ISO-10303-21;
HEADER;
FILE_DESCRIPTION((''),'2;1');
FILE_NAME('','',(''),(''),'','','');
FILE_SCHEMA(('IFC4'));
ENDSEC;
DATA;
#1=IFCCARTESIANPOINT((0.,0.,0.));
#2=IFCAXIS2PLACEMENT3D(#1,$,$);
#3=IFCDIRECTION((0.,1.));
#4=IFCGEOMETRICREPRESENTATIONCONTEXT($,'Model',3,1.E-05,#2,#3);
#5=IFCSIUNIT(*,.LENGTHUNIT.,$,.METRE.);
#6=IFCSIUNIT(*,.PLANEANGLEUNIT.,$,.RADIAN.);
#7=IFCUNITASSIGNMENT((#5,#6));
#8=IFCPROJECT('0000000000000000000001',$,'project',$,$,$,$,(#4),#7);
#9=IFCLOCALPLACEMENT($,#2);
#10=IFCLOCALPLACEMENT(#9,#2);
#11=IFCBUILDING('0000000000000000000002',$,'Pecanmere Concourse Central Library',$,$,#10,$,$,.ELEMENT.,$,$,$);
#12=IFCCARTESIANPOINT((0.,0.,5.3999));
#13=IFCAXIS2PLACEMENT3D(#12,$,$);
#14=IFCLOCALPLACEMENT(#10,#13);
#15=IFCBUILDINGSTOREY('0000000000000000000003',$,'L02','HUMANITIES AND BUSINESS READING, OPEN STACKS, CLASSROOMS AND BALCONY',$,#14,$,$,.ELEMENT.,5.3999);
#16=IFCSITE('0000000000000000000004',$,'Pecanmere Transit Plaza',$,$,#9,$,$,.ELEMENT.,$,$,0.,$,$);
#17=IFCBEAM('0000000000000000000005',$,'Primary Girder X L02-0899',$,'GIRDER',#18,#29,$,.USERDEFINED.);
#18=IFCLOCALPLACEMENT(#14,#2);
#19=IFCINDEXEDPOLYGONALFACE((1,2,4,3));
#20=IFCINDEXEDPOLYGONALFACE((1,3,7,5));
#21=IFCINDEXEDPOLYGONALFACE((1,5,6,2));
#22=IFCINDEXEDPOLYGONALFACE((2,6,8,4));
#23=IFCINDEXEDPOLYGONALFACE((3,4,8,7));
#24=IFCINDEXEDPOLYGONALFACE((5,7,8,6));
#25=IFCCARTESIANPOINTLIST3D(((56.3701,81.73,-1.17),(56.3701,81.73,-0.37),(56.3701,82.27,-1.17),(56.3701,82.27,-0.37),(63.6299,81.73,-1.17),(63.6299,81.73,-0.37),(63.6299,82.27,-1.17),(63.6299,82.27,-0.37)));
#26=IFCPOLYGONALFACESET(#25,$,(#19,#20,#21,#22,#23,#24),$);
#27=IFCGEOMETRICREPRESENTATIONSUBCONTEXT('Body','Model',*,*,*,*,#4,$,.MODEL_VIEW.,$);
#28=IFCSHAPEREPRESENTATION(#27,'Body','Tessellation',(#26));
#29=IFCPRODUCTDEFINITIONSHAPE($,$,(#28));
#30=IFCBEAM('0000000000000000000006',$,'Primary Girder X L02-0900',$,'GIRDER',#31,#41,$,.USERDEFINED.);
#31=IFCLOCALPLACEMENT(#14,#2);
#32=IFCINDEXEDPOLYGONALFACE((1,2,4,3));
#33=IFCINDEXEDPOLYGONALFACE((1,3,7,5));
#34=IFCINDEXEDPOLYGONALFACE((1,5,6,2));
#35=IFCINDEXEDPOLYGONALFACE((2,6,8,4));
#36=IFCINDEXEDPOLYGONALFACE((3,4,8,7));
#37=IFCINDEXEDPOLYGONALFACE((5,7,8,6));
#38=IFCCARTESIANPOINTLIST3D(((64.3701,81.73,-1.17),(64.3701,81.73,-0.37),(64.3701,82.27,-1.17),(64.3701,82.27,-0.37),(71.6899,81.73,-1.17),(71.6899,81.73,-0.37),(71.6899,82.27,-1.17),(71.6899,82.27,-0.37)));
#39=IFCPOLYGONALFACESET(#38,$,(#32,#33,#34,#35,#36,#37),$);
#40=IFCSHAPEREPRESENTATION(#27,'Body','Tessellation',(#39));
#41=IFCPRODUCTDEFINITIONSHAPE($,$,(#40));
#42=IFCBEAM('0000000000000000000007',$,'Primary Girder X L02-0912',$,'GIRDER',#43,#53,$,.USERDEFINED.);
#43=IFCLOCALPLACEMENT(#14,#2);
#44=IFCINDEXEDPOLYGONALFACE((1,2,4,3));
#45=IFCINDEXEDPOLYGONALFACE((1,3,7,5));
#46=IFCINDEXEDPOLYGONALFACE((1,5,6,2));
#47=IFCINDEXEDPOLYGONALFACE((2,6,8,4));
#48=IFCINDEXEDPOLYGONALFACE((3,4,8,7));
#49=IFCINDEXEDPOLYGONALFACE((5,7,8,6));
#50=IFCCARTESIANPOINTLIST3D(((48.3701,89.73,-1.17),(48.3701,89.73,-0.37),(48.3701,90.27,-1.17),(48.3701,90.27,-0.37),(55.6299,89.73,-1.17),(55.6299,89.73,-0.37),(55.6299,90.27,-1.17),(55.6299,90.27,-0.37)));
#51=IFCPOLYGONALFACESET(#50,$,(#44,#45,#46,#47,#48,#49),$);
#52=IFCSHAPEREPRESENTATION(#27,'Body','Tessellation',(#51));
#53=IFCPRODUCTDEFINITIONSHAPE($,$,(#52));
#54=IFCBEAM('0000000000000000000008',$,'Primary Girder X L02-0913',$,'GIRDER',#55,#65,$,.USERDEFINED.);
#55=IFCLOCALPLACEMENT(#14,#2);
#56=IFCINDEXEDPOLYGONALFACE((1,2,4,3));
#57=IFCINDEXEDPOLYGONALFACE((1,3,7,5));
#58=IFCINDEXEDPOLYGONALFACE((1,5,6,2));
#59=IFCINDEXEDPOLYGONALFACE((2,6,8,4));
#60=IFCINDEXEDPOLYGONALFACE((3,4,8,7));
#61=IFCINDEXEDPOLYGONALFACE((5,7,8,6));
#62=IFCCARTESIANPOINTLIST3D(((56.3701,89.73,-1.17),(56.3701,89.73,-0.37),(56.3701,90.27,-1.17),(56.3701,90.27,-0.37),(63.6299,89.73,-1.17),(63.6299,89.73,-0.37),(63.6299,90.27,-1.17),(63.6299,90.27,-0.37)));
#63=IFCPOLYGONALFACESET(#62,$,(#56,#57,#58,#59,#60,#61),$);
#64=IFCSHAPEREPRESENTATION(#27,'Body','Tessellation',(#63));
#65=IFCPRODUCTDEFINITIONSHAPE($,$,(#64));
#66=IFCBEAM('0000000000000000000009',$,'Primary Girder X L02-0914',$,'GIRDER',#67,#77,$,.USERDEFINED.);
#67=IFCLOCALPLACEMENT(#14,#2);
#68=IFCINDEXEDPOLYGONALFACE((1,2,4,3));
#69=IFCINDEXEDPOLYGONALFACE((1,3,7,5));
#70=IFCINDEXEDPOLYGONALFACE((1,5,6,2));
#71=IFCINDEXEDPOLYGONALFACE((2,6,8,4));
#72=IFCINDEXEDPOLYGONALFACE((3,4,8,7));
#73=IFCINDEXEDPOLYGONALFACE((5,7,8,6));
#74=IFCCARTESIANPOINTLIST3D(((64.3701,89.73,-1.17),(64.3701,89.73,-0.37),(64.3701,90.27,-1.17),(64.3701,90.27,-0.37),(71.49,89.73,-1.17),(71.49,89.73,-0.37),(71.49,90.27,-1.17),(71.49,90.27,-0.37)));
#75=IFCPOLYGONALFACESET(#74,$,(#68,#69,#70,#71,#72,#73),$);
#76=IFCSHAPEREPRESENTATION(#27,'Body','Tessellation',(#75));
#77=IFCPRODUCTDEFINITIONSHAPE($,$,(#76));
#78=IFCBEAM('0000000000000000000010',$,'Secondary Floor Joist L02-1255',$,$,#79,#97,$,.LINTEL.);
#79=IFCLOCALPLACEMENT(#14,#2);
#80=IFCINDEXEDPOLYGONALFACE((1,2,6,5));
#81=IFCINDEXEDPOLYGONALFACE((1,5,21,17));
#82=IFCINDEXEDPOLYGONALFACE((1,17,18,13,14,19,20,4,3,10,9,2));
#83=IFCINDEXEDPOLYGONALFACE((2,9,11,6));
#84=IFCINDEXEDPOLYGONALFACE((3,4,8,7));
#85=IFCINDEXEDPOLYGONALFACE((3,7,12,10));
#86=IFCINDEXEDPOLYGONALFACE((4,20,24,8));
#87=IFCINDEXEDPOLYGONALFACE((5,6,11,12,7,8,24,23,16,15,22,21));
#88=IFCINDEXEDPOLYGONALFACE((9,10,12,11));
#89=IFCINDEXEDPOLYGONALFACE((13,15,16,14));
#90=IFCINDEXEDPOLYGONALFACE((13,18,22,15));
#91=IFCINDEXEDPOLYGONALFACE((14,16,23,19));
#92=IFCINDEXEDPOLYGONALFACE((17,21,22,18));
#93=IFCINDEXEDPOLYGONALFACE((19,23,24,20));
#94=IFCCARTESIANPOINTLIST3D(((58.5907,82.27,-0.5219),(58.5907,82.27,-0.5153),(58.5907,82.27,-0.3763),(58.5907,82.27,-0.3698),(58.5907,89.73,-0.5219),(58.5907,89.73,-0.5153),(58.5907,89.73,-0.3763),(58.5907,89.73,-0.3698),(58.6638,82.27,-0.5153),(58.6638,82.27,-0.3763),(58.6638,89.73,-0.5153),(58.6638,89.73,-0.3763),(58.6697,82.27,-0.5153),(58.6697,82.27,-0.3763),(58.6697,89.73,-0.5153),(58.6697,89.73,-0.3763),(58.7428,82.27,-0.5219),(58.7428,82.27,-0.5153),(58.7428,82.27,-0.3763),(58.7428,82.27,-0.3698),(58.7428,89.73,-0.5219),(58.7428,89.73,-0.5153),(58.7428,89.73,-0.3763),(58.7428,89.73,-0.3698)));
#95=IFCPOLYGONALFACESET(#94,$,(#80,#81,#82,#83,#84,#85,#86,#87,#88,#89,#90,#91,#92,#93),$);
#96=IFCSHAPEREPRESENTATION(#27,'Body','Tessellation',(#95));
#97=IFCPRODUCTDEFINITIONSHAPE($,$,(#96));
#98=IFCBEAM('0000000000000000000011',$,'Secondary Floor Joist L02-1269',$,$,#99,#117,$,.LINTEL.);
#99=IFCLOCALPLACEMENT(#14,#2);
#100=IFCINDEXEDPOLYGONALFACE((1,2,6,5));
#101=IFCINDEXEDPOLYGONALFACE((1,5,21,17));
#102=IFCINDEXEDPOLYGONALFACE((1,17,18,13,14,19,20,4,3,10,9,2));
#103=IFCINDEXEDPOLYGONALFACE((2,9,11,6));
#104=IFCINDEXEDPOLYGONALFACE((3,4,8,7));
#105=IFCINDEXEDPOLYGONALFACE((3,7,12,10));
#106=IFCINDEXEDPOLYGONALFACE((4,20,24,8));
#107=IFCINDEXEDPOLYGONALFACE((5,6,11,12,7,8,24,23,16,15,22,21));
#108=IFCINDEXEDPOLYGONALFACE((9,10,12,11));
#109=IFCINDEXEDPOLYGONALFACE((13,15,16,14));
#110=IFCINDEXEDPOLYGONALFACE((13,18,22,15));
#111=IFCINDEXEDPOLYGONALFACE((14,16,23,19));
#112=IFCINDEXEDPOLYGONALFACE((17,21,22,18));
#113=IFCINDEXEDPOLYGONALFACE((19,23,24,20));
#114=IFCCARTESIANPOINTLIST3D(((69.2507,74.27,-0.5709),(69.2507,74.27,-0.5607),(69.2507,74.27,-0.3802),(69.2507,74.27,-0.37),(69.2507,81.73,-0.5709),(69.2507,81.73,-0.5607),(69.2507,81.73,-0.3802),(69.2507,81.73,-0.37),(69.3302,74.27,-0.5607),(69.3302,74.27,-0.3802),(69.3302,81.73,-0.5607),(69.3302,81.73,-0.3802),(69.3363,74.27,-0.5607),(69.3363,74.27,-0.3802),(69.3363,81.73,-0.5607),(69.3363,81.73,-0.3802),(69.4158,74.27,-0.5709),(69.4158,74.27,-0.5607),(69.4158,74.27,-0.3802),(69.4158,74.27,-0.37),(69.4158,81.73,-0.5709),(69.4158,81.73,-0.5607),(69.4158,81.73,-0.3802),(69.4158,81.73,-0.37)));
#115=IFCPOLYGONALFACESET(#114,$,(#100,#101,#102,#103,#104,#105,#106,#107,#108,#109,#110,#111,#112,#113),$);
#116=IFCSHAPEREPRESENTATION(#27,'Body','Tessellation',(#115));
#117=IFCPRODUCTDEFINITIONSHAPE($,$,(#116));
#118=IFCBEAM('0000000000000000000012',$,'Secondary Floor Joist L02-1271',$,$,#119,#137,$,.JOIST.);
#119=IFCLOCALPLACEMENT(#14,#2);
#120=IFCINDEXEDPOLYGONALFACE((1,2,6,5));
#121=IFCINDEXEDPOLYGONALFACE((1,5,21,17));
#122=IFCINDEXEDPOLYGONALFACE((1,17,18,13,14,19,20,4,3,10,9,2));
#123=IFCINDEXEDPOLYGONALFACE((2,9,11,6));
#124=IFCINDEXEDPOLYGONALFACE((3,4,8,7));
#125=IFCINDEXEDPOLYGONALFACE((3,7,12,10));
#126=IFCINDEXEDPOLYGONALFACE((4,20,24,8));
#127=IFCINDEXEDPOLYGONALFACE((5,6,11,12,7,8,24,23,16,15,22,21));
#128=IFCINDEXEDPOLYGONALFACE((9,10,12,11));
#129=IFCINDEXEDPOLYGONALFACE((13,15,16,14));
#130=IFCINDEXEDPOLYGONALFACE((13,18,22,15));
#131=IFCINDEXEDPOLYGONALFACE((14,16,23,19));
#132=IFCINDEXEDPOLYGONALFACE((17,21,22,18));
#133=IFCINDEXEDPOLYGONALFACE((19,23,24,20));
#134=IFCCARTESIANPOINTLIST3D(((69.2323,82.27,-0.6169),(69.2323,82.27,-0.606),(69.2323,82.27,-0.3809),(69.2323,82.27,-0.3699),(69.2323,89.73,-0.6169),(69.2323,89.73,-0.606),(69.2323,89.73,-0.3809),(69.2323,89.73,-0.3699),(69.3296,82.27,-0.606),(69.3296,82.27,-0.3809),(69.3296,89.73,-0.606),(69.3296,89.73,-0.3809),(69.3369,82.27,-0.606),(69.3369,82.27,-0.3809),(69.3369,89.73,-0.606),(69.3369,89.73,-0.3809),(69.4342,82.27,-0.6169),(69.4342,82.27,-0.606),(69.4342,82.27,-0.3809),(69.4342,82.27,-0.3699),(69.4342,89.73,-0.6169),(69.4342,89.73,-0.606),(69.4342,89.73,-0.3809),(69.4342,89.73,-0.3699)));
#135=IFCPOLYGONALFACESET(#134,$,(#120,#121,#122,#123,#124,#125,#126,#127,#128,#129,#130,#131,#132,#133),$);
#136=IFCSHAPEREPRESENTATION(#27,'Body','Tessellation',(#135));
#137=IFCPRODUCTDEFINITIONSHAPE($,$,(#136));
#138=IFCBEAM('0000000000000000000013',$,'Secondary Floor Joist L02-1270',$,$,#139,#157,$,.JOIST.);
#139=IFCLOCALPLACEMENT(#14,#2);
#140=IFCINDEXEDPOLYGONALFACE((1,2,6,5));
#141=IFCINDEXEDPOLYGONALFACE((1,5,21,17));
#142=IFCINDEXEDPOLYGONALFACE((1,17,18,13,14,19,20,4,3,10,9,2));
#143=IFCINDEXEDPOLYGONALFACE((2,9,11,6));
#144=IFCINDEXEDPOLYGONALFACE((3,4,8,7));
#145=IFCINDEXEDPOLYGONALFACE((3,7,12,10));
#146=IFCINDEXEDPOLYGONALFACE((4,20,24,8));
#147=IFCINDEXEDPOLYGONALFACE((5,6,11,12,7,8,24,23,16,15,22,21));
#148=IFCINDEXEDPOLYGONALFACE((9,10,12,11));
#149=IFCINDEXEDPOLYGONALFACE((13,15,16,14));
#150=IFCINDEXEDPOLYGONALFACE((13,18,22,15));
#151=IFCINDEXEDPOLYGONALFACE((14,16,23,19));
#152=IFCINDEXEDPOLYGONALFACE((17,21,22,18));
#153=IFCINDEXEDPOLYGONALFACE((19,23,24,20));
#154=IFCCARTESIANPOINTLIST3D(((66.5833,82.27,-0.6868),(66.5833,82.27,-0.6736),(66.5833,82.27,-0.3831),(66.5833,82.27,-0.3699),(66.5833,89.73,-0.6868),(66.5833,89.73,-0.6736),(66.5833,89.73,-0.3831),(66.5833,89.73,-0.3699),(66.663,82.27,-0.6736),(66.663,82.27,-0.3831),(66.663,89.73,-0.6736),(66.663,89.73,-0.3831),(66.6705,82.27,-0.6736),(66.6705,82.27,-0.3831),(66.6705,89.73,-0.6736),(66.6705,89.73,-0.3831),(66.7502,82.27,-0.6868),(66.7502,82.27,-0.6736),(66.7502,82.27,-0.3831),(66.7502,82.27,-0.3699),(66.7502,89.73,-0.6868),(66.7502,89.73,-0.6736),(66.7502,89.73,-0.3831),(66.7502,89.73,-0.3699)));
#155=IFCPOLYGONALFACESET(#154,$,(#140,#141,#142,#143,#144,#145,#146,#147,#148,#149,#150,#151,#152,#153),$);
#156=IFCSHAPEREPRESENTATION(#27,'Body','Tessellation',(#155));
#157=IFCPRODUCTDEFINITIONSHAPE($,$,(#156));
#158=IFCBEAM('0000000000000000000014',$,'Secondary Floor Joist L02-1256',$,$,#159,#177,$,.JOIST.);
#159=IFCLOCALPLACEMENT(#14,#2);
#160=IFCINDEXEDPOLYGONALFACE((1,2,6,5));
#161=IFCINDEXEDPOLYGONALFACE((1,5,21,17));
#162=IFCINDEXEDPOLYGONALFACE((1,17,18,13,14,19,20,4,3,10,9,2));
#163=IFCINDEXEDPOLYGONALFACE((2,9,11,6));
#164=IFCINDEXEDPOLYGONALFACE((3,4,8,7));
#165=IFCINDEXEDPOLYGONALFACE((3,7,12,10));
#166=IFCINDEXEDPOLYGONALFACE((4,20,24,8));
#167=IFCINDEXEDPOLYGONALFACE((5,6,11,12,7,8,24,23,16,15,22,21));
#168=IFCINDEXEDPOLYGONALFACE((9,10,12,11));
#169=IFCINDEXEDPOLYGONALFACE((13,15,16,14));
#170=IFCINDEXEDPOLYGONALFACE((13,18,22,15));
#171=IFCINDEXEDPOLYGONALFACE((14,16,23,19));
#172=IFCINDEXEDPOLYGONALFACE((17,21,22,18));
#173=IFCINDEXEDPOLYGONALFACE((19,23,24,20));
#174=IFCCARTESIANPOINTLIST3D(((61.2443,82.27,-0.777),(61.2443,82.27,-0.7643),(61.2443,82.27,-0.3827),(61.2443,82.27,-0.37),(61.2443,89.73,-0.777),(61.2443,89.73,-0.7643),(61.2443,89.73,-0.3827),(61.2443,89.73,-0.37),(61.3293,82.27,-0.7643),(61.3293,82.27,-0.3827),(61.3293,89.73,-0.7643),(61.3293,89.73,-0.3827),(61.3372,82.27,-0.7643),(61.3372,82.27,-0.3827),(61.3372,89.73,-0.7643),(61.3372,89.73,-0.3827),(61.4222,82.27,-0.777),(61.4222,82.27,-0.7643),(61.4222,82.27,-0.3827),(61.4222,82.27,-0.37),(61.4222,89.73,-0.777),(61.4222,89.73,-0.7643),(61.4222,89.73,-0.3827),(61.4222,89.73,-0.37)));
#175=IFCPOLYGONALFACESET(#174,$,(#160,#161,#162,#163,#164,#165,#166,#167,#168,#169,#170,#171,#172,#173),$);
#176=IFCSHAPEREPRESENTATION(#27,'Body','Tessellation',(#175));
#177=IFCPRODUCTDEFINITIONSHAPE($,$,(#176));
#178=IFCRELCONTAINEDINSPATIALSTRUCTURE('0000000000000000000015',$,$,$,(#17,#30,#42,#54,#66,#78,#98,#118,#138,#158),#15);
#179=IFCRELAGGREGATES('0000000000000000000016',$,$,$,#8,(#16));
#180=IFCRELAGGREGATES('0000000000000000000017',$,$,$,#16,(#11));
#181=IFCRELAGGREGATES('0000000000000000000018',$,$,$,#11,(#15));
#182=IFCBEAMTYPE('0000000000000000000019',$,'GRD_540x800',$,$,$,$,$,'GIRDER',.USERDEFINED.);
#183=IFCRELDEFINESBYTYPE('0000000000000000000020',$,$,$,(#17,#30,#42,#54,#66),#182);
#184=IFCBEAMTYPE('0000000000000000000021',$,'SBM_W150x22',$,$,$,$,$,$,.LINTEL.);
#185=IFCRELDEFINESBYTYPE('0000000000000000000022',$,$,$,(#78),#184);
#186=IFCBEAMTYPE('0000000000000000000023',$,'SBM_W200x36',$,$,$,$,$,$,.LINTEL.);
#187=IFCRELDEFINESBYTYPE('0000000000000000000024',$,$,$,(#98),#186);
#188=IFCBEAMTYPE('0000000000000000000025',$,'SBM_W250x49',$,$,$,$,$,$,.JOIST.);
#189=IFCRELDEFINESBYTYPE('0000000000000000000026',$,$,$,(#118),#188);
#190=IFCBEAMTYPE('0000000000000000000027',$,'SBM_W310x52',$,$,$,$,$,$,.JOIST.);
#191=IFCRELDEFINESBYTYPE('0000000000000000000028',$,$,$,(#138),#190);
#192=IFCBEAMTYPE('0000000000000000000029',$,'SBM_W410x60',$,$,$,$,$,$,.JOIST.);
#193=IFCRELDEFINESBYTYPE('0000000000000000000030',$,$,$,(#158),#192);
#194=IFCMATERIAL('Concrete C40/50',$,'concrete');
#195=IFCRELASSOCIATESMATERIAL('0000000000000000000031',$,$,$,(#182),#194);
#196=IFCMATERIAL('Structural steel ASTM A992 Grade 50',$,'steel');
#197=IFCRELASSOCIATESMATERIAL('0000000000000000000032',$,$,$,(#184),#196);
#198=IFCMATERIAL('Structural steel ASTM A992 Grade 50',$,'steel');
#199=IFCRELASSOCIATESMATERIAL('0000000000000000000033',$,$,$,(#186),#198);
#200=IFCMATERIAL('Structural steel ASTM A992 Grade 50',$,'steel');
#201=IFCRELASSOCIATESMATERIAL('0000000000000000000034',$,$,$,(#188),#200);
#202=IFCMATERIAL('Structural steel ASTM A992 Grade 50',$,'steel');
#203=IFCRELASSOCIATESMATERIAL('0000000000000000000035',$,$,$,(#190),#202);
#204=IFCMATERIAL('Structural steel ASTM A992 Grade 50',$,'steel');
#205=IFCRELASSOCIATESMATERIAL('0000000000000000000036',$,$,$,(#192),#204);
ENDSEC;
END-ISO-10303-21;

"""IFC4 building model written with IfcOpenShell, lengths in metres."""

from ifc_helpers import new_model, si_unit, direction, frame, origin, origin_2d, place, context, subcontext, project, spatial, rectangle, i_section, extrude, material, material_profile, profile_set, type_object, element, save


model = new_model("IFC4")

# Units and contexts
model_context = context("Model", 3, precision=1e-05, world=origin(), true_north=direction((0.0, 1.0)))
body_context = subcontext(model_context, "Body", "Model", "MODEL_VIEW")
ifc_project = project(units=[si_unit("LENGTHUNIT", "METRE"), si_unit("PLANEANGLEUNIT", "RADIAN")], contexts=[model_context])

# Site, building, storey
site_placement = place(None, origin())
site = spatial("IfcSite", under=ifc_project, at=site_placement, Name="Pecanmere Transit Plaza", CompositionType="ELEMENT", RefElevation=0.0)
building_placement = place(site_placement, origin())
building = spatial("IfcBuilding", under=site, at=building_placement, Name="Pecanmere Concourse Central Library", CompositionType="ELEMENT")
storey_placement = place(building_placement, frame((0.0, 0.0, 5.3999)))
storey = spatial("IfcBuildingStorey", under=building, at=storey_placement, Name="L02", Description="HUMANITIES AND BUSINESS READING, OPEN STACKS, CLASSROOMS AND BALCONY", CompositionType="ELEMENT", Elevation=5.3999)

# Beams
ifc_material_1 = material(Name="Concrete C40/50", Category="concrete")
ifc_material_profile_1 = material_profile(ifc_material_1, rectangle(XDim=0.54, YDim=0.8, at=origin_2d()), Name="RC 540x800")
ifc_profile_set_1 = profile_set([ifc_material_profile_1], Name="Concrete C40/50")
beam_type_1 = type_object("IfcBeamType", Name="GRD_540x800", ElementType="GIRDER", PredefinedType="USERDEFINED", material=ifc_profile_set_1)
for number, where, z_axis, x_axis, name in (
    (1, (56.3701, 82.0, -0.77), (1.0, 0.0, 0.0), (0.0, 1.0, 0.0), "Primary Girder X L02-0899"),
):
    element("IfcBeam", number, at=place(storey_placement, frame(where, z_axis=z_axis, x_axis=x_axis)), inside=storey, type_object=beam_type_1, Name=name, ObjectType="GIRDER", PredefinedType="USERDEFINED", context=body_context, shape_type="SweptSolid", body=[
        extrude(rectangle(XDim=0.54, YDim=0.8, at=origin_2d()), origin(), (0.0, 0.0, 1.0), 7.2598),
    ])
beam_1_placement = place(storey_placement, frame((64.3701, 82.0, -0.77), z_axis=(1.0, 0.0, 0.0), x_axis=(0.0, 1.0, 0.0)))
element("IfcBeam", 2, at=beam_1_placement, inside=storey, type_object=beam_type_1, Name="Primary Girder X L02-0900", ObjectType="GIRDER", PredefinedType="USERDEFINED", context=body_context, shape_type="SweptSolid", body=[
    extrude(rectangle(XDim=0.54, YDim=0.8, at=origin_2d()), origin(), (0.0, 0.0, 1.0), 7.3198),
])
for number, where, z_axis, x_axis, name in (
    (3, (48.3701, 90.0, -0.77), (1.0, 0.0, 0.0), (0.0, 1.0, 0.0), "Primary Girder X L02-0912"),
    (4, (56.3701, 90.0, -0.77), (1.0, 0.0, 0.0), (0.0, 1.0, 0.0), "Primary Girder X L02-0913"),
):
    element("IfcBeam", number, at=place(storey_placement, frame(where, z_axis=z_axis, x_axis=x_axis)), inside=storey, type_object=beam_type_1, Name=name, ObjectType="GIRDER", PredefinedType="USERDEFINED", context=body_context, shape_type="SweptSolid", body=[
        extrude(rectangle(XDim=0.54, YDim=0.8, at=origin_2d()), origin(), (0.0, 0.0, 1.0), 7.2598),
    ])
beam_2_placement = place(storey_placement, frame((64.3701, 90.0, -0.77), z_axis=(1.0, 0.0, 0.0), x_axis=(0.0, 1.0, 0.0)))
element("IfcBeam", 5, at=beam_2_placement, inside=storey, type_object=beam_type_1, Name="Primary Girder X L02-0914", ObjectType="GIRDER", PredefinedType="USERDEFINED", context=body_context, shape_type="SweptSolid", body=[
    extrude(rectangle(XDim=0.54, YDim=0.8, at=origin_2d()), origin(), (0.0, 0.0, 1.0), 7.1199),
])
ifc_material_2 = material(Name="Structural steel ASTM A992 Grade 50", Category="steel")
ifc_material_profile_2 = material_profile(ifc_material_2, i_section(OverallWidth=0.1521, OverallDepth=0.1521, WebThickness=0.0059, FlangeThickness=0.0066, at=origin_2d()), Name="W150x22.5")
ifc_profile_set_2 = profile_set([ifc_material_profile_2], Name="Structural steel ASTM A992 Grade 50")
beam_type_2 = type_object("IfcBeamType", Name="SBM_W150x22", PredefinedType="LINTEL", material=ifc_profile_set_2)
beam_3_placement = place(storey_placement, frame((58.6667, 82.27, -0.4458), z_axis=(0.0, 1.0, 0.0), x_axis=(-1.0, 0.0, 0.0)))
element("IfcBeam", 6, at=beam_3_placement, inside=storey, type_object=beam_type_2, Name="Secondary Floor Joist L02-1255", PredefinedType="LINTEL", context=body_context, shape_type="SweptSolid", body=[
    extrude(i_section(OverallWidth=0.1521, OverallDepth=0.1521, WebThickness=0.0059, FlangeThickness=0.0066, at=origin_2d()), origin(), (0.0, 0.0, 1.0), 7.46),
])
ifc_material_3 = material(Name="Structural steel ASTM A992 Grade 50", Category="steel")
ifc_material_profile_3 = material_profile(ifc_material_3, i_section(OverallWidth=0.165, OverallDepth=0.2009, WebThickness=0.0061, FlangeThickness=0.0103, at=origin_2d()), Name="W200x35.9")
ifc_profile_set_3 = profile_set([ifc_material_profile_3], Name="Structural steel ASTM A992 Grade 50")
beam_type_3 = type_object("IfcBeamType", Name="SBM_W200x36", PredefinedType="LINTEL", material=ifc_profile_set_3)
beam_4_placement = place(storey_placement, frame((69.3333, 74.27, -0.4705), z_axis=(0.0, 1.0, 0.0), x_axis=(-1.0, 0.0, 0.0)))
element("IfcBeam", 7, at=beam_4_placement, inside=storey, type_object=beam_type_3, Name="Secondary Floor Joist L02-1269", PredefinedType="LINTEL", context=body_context, shape_type="SweptSolid", body=[
    extrude(i_section(OverallWidth=0.165, OverallDepth=0.2009, WebThickness=0.0061, FlangeThickness=0.0103, at=origin_2d()), origin(), (0.0, 0.0, 1.0), 7.46),
])
ifc_material_4 = material(Name="Structural steel ASTM A992 Grade 50", Category="steel")
ifc_material_profile_4 = material_profile(ifc_material_4, i_section(OverallWidth=0.2019, OverallDepth=0.2471, WebThickness=0.0073, FlangeThickness=0.011, at=origin_2d()), Name="W250x49.1")
ifc_profile_set_4 = profile_set([ifc_material_profile_4], Name="Structural steel ASTM A992 Grade 50")
beam_type_4 = type_object("IfcBeamType", Name="SBM_W250x49", PredefinedType="JOIST", material=ifc_profile_set_4)
beam_5_placement = place(storey_placement, frame((69.3333, 82.27, -0.4934), z_axis=(0.0, 1.0, 0.0), x_axis=(-1.0, 0.0, 0.0)))
element("IfcBeam", 8, at=beam_5_placement, inside=storey, type_object=beam_type_4, Name="Secondary Floor Joist L02-1271", PredefinedType="JOIST", context=body_context, shape_type="SweptSolid", body=[
    extrude(i_section(OverallWidth=0.2019, OverallDepth=0.2471, WebThickness=0.0073, FlangeThickness=0.011, at=origin_2d()), origin(), (0.0, 0.0, 1.0), 7.46),
])
ifc_material_5 = material(Name="Structural steel ASTM A992 Grade 50", Category="steel")
ifc_material_profile_5 = material_profile(ifc_material_5, i_section(OverallWidth=0.167, OverallDepth=0.3169, WebThickness=0.0076, FlangeThickness=0.0132, at=origin_2d()), Name="W310x52")
ifc_profile_set_5 = profile_set([ifc_material_profile_5], Name="Structural steel ASTM A992 Grade 50")
beam_type_5 = type_object("IfcBeamType", Name="SBM_W310x52", PredefinedType="JOIST", material=ifc_profile_set_5)
beam_6_placement = place(storey_placement, frame((66.6667, 82.27, -0.5283), z_axis=(0.0, 1.0, 0.0), x_axis=(-1.0, 0.0, 0.0)))
element("IfcBeam", 9, at=beam_6_placement, inside=storey, type_object=beam_type_5, Name="Secondary Floor Joist L02-1270", PredefinedType="JOIST", context=body_context, shape_type="SweptSolid", body=[
    extrude(i_section(OverallWidth=0.167, OverallDepth=0.3169, WebThickness=0.0076, FlangeThickness=0.0132, at=origin_2d()), origin(), (0.0, 0.0, 1.0), 7.46),
])
ifc_material_6 = material(Name="Structural steel ASTM A992 Grade 50", Category="steel")
ifc_material_profile_6 = material_profile(ifc_material_6, i_section(OverallWidth=0.178, OverallDepth=0.407, WebThickness=0.0078, FlangeThickness=0.0127, at=origin_2d()), Name="W410x60")
ifc_profile_set_6 = profile_set([ifc_material_profile_6], Name="Structural steel ASTM A992 Grade 50")
beam_type_6 = type_object("IfcBeamType", Name="SBM_W410x60", PredefinedType="JOIST", material=ifc_profile_set_6)
beam_7_placement = place(storey_placement, frame((61.3333, 82.27, -0.5735), z_axis=(0.0, 1.0, 0.0), x_axis=(-1.0, 0.0, 0.0)))
element("IfcBeam", 10, at=beam_7_placement, inside=storey, type_object=beam_type_6, Name="Secondary Floor Joist L02-1256", PredefinedType="JOIST", context=body_context, shape_type="SweptSolid", body=[
    extrude(i_section(OverallWidth=0.178, OverallDepth=0.407, WebThickness=0.0078, FlangeThickness=0.0127, at=origin_2d()), origin(), (0.0, 0.0, 1.0), 7.46),
])

save(model, "model.ifc")
